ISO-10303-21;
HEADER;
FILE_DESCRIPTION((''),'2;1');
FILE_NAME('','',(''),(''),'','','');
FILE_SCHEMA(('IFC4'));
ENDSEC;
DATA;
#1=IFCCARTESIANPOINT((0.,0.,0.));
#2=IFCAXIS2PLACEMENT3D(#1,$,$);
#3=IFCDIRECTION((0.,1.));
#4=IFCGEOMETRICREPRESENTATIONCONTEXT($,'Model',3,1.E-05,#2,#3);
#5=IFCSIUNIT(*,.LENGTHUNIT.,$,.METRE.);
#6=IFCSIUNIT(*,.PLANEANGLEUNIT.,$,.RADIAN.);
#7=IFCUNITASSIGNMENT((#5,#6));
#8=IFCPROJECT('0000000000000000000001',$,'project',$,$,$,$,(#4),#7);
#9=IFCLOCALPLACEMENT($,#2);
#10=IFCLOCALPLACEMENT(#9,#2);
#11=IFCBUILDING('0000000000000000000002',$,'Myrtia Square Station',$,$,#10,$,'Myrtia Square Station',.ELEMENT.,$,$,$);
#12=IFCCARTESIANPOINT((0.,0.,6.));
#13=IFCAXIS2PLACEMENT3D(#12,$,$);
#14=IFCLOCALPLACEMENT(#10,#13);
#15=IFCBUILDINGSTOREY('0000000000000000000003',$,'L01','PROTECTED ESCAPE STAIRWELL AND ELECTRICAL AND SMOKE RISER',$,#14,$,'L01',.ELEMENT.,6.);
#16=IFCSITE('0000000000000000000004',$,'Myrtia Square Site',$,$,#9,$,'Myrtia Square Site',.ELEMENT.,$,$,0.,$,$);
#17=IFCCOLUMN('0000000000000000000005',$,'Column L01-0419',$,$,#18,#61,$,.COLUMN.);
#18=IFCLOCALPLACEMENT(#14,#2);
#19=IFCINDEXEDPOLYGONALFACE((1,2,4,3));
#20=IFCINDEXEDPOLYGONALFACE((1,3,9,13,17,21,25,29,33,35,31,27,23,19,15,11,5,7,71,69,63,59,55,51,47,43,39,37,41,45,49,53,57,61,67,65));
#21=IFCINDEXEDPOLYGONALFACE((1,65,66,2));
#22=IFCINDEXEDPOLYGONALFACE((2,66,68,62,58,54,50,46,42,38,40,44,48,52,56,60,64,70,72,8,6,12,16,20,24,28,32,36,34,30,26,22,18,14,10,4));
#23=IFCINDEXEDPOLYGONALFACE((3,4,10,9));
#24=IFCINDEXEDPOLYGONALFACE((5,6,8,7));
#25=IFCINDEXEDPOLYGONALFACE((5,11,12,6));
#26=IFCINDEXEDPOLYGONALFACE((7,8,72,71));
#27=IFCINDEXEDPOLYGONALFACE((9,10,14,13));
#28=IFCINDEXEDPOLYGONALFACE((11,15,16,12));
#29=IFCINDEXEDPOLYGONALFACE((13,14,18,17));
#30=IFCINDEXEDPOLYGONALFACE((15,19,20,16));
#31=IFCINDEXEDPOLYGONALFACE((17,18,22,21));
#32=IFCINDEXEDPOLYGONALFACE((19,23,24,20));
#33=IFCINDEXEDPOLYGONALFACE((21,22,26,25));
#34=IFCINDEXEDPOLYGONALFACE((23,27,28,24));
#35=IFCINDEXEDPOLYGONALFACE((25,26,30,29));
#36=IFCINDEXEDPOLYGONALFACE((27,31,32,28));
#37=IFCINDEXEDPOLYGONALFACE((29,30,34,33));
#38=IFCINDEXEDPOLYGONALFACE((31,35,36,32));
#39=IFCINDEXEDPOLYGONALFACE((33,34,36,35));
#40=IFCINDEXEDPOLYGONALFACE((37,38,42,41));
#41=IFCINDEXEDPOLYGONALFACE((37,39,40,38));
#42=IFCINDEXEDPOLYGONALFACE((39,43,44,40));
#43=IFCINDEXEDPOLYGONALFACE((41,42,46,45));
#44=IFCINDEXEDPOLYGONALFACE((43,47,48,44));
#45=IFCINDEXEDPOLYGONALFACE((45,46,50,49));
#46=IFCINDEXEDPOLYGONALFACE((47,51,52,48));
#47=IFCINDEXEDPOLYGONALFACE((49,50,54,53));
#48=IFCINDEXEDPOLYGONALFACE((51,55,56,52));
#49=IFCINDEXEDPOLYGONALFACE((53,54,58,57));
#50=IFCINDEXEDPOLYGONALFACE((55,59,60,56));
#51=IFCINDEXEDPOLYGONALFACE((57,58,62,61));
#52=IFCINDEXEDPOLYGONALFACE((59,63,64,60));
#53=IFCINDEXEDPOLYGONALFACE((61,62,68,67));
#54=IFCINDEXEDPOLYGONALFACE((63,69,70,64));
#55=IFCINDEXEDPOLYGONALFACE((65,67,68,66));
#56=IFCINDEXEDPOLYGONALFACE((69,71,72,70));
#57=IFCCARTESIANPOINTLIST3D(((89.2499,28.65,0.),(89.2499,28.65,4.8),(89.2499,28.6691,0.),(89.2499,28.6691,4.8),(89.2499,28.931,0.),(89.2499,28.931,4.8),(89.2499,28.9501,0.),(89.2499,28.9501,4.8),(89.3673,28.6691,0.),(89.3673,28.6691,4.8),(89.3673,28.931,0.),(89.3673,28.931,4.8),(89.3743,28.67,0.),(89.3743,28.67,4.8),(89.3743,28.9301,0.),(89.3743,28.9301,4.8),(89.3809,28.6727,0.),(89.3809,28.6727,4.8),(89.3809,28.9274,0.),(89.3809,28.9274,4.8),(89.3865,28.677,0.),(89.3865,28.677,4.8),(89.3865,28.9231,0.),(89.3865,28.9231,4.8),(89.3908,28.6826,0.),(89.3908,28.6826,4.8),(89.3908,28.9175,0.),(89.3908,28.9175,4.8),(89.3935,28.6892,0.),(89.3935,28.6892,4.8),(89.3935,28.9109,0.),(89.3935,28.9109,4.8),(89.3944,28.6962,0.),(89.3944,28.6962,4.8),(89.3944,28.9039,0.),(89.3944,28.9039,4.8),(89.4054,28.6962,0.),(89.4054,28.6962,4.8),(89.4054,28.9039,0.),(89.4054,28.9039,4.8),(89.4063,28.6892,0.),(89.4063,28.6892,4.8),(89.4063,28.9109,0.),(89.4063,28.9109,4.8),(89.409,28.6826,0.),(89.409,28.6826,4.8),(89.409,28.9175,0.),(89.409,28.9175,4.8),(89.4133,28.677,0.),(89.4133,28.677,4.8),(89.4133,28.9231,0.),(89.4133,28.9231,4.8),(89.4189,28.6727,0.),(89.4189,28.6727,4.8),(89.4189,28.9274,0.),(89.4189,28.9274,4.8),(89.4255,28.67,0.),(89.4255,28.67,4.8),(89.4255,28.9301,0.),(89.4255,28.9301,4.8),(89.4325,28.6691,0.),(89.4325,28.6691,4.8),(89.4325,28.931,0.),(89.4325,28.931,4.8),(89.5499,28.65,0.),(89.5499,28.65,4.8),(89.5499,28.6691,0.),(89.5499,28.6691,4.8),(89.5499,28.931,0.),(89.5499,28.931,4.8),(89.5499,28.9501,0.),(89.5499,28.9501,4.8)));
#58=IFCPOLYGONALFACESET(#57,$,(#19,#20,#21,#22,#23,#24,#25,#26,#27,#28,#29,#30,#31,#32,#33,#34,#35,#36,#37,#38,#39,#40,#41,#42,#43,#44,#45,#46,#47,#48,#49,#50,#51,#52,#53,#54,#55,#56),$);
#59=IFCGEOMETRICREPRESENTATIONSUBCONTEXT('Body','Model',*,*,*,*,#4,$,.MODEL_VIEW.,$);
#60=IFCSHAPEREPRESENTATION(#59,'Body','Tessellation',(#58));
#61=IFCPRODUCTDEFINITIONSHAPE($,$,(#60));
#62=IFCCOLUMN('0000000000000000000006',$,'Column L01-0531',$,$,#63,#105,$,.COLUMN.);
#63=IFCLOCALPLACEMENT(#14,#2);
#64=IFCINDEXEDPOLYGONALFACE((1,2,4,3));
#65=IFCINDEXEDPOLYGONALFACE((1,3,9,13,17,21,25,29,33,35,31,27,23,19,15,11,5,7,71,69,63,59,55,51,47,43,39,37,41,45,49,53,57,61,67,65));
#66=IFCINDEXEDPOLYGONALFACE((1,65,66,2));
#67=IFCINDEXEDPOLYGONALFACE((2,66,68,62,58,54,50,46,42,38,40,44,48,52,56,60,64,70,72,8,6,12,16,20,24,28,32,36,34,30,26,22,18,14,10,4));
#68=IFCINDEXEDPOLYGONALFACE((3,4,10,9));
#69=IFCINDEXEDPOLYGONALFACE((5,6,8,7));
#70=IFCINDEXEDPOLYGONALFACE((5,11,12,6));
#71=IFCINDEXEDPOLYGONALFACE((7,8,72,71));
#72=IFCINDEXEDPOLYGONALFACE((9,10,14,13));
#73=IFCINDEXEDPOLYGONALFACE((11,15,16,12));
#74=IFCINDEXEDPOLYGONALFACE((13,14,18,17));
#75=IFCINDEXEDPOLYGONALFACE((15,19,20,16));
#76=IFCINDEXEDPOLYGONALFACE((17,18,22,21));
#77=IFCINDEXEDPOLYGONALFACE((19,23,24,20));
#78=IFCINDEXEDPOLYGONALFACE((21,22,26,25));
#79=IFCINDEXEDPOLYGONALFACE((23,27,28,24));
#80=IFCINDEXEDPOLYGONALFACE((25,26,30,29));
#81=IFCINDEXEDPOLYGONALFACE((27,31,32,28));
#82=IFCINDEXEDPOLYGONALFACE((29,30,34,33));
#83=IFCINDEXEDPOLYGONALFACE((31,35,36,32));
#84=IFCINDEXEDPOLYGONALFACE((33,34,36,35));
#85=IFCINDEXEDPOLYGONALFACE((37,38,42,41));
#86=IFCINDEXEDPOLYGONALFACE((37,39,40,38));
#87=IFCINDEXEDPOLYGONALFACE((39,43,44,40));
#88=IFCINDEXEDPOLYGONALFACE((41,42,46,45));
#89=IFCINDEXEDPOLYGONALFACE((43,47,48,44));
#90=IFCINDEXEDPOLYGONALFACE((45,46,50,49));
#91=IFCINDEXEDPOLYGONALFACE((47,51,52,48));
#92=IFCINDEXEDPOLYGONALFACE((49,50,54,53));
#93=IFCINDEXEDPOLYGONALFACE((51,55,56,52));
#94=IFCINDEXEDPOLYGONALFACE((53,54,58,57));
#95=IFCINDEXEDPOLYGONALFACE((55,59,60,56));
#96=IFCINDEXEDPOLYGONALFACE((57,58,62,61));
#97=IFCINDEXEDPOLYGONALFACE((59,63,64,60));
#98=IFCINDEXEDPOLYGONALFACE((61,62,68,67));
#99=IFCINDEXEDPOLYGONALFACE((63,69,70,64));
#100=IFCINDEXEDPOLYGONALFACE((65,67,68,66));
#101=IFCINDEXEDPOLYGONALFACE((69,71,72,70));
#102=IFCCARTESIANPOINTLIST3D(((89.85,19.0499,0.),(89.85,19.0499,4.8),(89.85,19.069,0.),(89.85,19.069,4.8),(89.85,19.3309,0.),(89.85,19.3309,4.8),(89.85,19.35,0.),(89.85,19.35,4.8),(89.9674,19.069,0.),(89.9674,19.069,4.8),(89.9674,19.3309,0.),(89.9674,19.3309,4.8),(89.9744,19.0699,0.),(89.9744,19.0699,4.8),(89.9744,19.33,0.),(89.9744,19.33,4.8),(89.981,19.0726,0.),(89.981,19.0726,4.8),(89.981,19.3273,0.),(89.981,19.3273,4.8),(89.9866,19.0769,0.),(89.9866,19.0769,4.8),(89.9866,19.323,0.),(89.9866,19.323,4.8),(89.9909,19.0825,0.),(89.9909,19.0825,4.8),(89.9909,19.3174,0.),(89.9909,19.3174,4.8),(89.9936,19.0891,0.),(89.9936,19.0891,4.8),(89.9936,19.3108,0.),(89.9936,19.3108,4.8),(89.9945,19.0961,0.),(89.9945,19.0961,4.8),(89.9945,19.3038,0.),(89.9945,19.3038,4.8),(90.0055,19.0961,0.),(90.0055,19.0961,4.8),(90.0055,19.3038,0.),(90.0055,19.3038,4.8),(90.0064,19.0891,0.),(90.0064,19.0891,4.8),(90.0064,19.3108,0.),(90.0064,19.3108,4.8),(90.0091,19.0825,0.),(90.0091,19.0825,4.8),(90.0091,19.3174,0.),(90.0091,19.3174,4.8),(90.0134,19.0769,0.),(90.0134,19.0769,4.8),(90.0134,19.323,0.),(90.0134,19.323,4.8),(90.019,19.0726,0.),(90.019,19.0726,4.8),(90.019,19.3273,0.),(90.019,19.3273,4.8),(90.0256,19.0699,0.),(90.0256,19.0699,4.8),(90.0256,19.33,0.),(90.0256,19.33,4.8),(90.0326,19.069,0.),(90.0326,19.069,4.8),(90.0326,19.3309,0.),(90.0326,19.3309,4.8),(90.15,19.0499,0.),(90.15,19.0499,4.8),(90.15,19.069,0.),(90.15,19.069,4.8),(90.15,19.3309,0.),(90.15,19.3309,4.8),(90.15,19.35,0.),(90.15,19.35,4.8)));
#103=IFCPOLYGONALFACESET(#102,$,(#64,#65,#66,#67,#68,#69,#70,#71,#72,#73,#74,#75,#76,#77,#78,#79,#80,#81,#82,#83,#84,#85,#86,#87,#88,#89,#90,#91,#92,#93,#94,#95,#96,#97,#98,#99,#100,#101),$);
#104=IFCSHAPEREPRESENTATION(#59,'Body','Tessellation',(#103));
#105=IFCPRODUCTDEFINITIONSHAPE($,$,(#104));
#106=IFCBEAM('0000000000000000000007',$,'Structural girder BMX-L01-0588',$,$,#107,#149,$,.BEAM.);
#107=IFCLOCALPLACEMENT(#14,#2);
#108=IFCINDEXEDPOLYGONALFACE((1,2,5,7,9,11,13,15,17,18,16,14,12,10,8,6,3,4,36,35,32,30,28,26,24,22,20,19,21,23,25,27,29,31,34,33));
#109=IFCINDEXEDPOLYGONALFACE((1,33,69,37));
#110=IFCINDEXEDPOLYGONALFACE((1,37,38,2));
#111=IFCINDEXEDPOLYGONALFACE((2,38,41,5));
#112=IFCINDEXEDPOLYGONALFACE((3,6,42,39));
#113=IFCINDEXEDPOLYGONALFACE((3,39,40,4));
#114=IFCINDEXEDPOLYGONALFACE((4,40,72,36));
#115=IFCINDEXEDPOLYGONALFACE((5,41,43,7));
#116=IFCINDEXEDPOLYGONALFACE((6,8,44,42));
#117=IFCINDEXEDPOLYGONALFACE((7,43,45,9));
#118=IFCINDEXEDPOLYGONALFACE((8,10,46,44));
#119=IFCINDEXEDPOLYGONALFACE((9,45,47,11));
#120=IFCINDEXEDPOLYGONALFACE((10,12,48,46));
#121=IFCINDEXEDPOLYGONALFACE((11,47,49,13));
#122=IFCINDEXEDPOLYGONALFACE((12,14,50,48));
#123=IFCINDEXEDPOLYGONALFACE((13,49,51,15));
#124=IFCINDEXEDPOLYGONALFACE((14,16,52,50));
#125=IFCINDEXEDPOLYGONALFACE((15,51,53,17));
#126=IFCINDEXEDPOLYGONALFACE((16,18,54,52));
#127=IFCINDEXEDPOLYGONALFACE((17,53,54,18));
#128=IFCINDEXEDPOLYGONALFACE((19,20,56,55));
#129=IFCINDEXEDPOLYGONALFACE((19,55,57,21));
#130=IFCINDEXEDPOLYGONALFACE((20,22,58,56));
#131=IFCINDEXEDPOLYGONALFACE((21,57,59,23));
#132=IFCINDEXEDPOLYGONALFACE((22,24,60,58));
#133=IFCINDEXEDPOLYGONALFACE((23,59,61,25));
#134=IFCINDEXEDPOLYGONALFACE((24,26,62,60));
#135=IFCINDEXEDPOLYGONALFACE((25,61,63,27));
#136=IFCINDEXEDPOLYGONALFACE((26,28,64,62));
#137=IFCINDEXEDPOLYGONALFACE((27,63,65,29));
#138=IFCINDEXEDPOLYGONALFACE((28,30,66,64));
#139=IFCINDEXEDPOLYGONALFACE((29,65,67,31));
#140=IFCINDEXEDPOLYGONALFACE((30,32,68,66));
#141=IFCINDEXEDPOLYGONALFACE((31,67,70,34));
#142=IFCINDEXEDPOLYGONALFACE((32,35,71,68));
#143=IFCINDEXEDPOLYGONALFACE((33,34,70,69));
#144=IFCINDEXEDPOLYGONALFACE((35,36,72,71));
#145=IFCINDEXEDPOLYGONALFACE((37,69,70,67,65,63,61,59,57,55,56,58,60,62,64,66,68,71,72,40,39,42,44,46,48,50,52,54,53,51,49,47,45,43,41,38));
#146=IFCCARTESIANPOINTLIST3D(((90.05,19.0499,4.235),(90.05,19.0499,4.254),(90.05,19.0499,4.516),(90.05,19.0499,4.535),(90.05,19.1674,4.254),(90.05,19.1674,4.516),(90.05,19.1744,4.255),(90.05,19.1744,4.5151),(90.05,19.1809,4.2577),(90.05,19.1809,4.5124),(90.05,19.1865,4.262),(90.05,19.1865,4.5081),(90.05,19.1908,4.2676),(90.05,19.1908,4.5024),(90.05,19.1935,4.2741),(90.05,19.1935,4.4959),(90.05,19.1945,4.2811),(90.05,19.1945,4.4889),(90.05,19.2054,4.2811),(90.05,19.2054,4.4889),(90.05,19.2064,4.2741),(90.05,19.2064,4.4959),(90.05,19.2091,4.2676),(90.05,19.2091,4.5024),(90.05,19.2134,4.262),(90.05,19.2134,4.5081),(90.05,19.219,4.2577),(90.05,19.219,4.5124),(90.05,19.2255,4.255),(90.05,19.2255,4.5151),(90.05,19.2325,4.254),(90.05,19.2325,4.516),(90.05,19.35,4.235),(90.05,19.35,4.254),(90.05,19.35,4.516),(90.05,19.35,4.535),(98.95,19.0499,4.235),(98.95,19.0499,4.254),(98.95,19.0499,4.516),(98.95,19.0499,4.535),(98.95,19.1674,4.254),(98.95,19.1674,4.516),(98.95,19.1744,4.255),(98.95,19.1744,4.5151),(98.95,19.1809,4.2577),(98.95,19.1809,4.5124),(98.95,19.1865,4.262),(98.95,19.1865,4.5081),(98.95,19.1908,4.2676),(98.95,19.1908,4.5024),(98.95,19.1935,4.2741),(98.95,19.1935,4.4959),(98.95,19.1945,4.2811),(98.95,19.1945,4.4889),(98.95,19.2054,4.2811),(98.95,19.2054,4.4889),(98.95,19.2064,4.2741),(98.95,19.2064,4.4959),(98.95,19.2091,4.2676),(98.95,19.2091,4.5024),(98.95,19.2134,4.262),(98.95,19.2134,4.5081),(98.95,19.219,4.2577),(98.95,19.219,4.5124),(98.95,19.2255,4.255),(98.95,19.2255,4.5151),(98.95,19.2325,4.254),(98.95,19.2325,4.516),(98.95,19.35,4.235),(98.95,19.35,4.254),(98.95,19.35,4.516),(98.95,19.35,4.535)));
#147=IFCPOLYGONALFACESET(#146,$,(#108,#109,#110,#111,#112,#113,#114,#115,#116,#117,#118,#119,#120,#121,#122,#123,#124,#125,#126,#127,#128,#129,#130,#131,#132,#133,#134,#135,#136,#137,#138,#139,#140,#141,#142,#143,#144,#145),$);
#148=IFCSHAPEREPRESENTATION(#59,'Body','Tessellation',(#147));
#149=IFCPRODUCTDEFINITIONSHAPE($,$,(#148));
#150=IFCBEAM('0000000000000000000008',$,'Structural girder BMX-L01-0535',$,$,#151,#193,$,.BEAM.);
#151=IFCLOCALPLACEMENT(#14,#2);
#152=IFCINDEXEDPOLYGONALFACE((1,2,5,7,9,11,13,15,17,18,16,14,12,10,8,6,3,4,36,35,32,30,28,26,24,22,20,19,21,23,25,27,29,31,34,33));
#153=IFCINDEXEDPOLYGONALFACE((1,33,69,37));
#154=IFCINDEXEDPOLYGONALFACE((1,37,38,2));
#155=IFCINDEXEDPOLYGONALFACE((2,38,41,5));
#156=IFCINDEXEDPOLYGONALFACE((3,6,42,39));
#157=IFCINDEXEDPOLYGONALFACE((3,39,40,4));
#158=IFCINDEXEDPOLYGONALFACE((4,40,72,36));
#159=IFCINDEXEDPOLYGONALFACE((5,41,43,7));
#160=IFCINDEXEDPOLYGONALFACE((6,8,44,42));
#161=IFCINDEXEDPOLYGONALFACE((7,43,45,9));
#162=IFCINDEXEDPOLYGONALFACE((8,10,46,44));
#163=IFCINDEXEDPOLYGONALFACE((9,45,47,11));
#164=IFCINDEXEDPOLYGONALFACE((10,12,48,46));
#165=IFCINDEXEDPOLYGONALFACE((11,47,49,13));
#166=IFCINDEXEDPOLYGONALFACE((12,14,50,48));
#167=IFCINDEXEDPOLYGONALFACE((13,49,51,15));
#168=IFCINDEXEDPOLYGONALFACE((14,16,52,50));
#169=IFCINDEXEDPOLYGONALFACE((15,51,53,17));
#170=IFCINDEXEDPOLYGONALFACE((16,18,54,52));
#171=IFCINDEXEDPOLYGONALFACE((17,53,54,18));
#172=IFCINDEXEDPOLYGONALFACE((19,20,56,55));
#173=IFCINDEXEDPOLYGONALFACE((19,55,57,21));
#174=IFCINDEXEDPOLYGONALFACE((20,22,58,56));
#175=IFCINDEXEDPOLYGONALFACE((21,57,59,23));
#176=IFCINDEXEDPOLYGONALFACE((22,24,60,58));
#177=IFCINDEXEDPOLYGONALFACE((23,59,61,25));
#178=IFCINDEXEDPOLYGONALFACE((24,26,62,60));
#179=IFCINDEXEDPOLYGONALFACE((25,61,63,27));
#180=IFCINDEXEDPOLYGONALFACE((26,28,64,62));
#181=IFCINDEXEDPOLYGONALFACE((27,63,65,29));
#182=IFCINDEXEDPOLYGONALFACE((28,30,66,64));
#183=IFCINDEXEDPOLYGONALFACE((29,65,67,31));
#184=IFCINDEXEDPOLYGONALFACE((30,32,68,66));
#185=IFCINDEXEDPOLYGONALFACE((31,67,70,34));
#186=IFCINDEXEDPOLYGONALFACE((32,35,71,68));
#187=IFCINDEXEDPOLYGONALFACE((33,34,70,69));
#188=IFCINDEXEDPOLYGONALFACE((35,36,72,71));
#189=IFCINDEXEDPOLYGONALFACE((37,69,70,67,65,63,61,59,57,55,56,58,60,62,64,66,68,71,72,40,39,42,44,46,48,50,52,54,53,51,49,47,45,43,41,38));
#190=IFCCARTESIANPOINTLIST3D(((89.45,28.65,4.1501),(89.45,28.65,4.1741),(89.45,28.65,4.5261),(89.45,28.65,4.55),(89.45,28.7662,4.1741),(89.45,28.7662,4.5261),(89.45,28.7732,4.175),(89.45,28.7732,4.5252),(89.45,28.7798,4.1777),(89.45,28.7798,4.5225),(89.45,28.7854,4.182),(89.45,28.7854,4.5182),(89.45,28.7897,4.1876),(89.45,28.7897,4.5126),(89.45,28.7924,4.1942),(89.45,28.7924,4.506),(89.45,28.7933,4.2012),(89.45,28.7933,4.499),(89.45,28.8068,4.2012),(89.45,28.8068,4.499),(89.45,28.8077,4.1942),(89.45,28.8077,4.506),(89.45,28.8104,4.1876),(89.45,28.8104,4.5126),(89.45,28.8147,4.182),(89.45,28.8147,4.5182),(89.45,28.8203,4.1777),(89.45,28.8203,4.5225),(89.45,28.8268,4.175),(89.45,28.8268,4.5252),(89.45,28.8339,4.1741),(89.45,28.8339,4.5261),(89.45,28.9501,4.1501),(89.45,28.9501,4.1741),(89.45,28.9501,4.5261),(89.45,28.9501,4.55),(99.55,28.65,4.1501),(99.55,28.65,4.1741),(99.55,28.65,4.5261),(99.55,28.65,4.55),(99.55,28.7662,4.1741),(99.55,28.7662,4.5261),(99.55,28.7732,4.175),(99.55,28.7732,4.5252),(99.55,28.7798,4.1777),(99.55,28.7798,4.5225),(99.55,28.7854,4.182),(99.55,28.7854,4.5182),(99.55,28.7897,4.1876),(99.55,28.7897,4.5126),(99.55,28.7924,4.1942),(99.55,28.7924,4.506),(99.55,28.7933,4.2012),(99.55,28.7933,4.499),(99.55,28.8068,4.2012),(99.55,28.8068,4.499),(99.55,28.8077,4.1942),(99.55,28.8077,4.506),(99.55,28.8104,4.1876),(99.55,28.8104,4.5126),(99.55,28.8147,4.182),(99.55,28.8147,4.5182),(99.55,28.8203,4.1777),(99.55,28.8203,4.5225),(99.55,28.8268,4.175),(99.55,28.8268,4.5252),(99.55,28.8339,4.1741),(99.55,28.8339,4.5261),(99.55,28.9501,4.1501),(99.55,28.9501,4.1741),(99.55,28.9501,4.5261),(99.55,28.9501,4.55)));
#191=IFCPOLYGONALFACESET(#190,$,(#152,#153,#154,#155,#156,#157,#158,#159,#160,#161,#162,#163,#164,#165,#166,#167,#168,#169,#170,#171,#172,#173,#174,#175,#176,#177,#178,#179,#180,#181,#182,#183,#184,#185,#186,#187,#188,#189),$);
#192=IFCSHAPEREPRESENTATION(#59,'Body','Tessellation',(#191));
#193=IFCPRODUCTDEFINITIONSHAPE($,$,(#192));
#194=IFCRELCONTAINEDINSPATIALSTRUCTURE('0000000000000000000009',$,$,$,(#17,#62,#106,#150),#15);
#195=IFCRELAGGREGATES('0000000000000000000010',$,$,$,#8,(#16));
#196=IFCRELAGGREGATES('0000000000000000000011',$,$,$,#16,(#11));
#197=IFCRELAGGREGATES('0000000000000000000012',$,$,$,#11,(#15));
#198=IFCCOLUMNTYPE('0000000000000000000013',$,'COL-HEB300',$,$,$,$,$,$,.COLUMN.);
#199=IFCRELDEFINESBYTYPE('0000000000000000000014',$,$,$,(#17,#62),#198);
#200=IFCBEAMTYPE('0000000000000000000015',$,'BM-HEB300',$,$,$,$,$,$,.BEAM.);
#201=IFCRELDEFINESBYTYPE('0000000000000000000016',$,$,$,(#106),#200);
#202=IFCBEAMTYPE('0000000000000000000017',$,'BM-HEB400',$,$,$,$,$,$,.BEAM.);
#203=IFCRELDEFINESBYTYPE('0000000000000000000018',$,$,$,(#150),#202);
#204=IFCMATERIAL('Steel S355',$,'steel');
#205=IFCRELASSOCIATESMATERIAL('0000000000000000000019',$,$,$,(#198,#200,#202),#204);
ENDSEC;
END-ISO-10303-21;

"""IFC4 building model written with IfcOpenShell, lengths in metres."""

from ifc_helpers import new_model, si_unit, direction, frame, origin, origin_2d, place, context, subcontext, project, spatial, i_section, extrude, material, material_profile, profile_set, type_object, element, save


model = new_model("IFC4")

# Units and contexts
model_context = context("Model", 3, precision=1e-05, world=origin(), true_north=direction((0.0, 1.0)))
body_context = subcontext(model_context, "Body", "Model", "MODEL_VIEW")
ifc_project = project(units=[si_unit("LENGTHUNIT", "METRE"), si_unit("PLANEANGLEUNIT", "RADIAN")], contexts=[model_context])

# Site, building, storey
site_placement = place(None, origin())
site = spatial("IfcSite", under=ifc_project, at=site_placement, Name="Myrtia Square Site", LongName="Myrtia Square Site", CompositionType="ELEMENT", RefElevation=0.0)
building_placement = place(site_placement, origin())
building = spatial("IfcBuilding", under=site, at=building_placement, Name="Myrtia Square Station", LongName="Myrtia Square Station", CompositionType="ELEMENT")
storey_placement = place(building_placement, frame((0.0, 0.0, 6.0)))
storey = spatial("IfcBuildingStorey", under=building, at=storey_placement, Name="L01", Description="PROTECTED ESCAPE STAIRWELL AND ELECTRICAL AND SMOKE RISER", LongName="L01", CompositionType="ELEMENT", Elevation=6.0)

# Columns
ifc_material_1 = material(Name="Steel S355", Category="steel")
ifc_material_profile_1 = material_profile(ifc_material_1, i_section(OverallWidth=0.3, OverallDepth=0.3, WebThickness=0.011, FlangeThickness=0.019, FilletRadius=0.0271, at=origin_2d()), Name="HEB 300")
ifc_profile_set_1 = profile_set([ifc_material_profile_1], Name="Steel S355")
column_type = type_object("IfcColumnType", Name="COL-HEB300", PredefinedType="COLUMN", material=ifc_profile_set_1)
for number, where, z_axis, x_axis, name in (
    (1, (89.3999, 28.8, 0.0), (0.0, 0.0, 1.0), (1.0, 0.0, 0.0), "Column L01-0419"),
    (2, (90.0, 19.2, 0.0), (0.0, 0.0, 1.0), (1.0, 0.0, 0.0), "Column L01-0531"),
):
    element("IfcColumn", number, at=place(storey_placement, frame(where, z_axis=z_axis, x_axis=x_axis)), inside=storey, type_object=column_type, Name=name, PredefinedType="COLUMN", context=body_context, shape_type="SweptSolid", body=[
        extrude(i_section(OverallWidth=0.3, OverallDepth=0.3, WebThickness=0.011, FlangeThickness=0.019, FilletRadius=0.0271, at=origin_2d()), origin(), (0.0, 0.0, 1.0), 4.8),
    ])

# Beams
ifc_material_profile_2 = material_profile(ifc_material_1, i_section(OverallWidth=0.3, OverallDepth=0.3, WebThickness=0.011, FlangeThickness=0.019, FilletRadius=0.0271, at=origin_2d()), Name="HEB 300")
ifc_profile_set_2 = profile_set([ifc_material_profile_2], Name="Steel S355")
beam_type_1 = type_object("IfcBeamType", Name="BM-HEB300", PredefinedType="BEAM", material=ifc_profile_set_2)
beam_1_placement = place(storey_placement, frame((90.05, 19.2, 4.385), z_axis=(1.0, 0.0, 0.0), x_axis=(0.0, 1.0, 0.0)))
element("IfcBeam", 3, at=beam_1_placement, inside=storey, type_object=beam_type_1, Name="Structural girder BMX-L01-0588", PredefinedType="BEAM", context=body_context, shape_type="SweptSolid", body=[
    extrude(i_section(OverallWidth=0.3, OverallDepth=0.3, WebThickness=0.011, FlangeThickness=0.019, FilletRadius=0.0271, at=origin_2d()), origin(), (0.0, 0.0, 1.0), 8.8999),
])
ifc_material_profile_3 = material_profile(ifc_material_1, i_section(OverallWidth=0.3, OverallDepth=0.3999, WebThickness=0.0134, FlangeThickness=0.0239, FilletRadius=0.0271, at=origin_2d()), Name="HEB 400")
ifc_profile_set_3 = profile_set([ifc_material_profile_3], Name="Steel S355")
beam_type_2 = type_object("IfcBeamType", Name="BM-HEB400", PredefinedType="BEAM", material=ifc_profile_set_3)
beam_2_placement = place(storey_placement, frame((89.45, 28.8, 4.3501), z_axis=(1.0, 0.0, 0.0), x_axis=(0.0, 1.0, 0.0)))
element("IfcBeam", 4, at=beam_2_placement, inside=storey, type_object=beam_type_2, Name="Structural girder BMX-L01-0535", PredefinedType="BEAM", context=body_context, shape_type="SweptSolid", body=[
    extrude(i_section(OverallWidth=0.3, OverallDepth=0.3999, WebThickness=0.0134, FlangeThickness=0.0239, FilletRadius=0.0271, at=origin_2d()), origin(), (0.0, 0.0, 1.0), 10.1001),
])

save(model, "model.ifc")
